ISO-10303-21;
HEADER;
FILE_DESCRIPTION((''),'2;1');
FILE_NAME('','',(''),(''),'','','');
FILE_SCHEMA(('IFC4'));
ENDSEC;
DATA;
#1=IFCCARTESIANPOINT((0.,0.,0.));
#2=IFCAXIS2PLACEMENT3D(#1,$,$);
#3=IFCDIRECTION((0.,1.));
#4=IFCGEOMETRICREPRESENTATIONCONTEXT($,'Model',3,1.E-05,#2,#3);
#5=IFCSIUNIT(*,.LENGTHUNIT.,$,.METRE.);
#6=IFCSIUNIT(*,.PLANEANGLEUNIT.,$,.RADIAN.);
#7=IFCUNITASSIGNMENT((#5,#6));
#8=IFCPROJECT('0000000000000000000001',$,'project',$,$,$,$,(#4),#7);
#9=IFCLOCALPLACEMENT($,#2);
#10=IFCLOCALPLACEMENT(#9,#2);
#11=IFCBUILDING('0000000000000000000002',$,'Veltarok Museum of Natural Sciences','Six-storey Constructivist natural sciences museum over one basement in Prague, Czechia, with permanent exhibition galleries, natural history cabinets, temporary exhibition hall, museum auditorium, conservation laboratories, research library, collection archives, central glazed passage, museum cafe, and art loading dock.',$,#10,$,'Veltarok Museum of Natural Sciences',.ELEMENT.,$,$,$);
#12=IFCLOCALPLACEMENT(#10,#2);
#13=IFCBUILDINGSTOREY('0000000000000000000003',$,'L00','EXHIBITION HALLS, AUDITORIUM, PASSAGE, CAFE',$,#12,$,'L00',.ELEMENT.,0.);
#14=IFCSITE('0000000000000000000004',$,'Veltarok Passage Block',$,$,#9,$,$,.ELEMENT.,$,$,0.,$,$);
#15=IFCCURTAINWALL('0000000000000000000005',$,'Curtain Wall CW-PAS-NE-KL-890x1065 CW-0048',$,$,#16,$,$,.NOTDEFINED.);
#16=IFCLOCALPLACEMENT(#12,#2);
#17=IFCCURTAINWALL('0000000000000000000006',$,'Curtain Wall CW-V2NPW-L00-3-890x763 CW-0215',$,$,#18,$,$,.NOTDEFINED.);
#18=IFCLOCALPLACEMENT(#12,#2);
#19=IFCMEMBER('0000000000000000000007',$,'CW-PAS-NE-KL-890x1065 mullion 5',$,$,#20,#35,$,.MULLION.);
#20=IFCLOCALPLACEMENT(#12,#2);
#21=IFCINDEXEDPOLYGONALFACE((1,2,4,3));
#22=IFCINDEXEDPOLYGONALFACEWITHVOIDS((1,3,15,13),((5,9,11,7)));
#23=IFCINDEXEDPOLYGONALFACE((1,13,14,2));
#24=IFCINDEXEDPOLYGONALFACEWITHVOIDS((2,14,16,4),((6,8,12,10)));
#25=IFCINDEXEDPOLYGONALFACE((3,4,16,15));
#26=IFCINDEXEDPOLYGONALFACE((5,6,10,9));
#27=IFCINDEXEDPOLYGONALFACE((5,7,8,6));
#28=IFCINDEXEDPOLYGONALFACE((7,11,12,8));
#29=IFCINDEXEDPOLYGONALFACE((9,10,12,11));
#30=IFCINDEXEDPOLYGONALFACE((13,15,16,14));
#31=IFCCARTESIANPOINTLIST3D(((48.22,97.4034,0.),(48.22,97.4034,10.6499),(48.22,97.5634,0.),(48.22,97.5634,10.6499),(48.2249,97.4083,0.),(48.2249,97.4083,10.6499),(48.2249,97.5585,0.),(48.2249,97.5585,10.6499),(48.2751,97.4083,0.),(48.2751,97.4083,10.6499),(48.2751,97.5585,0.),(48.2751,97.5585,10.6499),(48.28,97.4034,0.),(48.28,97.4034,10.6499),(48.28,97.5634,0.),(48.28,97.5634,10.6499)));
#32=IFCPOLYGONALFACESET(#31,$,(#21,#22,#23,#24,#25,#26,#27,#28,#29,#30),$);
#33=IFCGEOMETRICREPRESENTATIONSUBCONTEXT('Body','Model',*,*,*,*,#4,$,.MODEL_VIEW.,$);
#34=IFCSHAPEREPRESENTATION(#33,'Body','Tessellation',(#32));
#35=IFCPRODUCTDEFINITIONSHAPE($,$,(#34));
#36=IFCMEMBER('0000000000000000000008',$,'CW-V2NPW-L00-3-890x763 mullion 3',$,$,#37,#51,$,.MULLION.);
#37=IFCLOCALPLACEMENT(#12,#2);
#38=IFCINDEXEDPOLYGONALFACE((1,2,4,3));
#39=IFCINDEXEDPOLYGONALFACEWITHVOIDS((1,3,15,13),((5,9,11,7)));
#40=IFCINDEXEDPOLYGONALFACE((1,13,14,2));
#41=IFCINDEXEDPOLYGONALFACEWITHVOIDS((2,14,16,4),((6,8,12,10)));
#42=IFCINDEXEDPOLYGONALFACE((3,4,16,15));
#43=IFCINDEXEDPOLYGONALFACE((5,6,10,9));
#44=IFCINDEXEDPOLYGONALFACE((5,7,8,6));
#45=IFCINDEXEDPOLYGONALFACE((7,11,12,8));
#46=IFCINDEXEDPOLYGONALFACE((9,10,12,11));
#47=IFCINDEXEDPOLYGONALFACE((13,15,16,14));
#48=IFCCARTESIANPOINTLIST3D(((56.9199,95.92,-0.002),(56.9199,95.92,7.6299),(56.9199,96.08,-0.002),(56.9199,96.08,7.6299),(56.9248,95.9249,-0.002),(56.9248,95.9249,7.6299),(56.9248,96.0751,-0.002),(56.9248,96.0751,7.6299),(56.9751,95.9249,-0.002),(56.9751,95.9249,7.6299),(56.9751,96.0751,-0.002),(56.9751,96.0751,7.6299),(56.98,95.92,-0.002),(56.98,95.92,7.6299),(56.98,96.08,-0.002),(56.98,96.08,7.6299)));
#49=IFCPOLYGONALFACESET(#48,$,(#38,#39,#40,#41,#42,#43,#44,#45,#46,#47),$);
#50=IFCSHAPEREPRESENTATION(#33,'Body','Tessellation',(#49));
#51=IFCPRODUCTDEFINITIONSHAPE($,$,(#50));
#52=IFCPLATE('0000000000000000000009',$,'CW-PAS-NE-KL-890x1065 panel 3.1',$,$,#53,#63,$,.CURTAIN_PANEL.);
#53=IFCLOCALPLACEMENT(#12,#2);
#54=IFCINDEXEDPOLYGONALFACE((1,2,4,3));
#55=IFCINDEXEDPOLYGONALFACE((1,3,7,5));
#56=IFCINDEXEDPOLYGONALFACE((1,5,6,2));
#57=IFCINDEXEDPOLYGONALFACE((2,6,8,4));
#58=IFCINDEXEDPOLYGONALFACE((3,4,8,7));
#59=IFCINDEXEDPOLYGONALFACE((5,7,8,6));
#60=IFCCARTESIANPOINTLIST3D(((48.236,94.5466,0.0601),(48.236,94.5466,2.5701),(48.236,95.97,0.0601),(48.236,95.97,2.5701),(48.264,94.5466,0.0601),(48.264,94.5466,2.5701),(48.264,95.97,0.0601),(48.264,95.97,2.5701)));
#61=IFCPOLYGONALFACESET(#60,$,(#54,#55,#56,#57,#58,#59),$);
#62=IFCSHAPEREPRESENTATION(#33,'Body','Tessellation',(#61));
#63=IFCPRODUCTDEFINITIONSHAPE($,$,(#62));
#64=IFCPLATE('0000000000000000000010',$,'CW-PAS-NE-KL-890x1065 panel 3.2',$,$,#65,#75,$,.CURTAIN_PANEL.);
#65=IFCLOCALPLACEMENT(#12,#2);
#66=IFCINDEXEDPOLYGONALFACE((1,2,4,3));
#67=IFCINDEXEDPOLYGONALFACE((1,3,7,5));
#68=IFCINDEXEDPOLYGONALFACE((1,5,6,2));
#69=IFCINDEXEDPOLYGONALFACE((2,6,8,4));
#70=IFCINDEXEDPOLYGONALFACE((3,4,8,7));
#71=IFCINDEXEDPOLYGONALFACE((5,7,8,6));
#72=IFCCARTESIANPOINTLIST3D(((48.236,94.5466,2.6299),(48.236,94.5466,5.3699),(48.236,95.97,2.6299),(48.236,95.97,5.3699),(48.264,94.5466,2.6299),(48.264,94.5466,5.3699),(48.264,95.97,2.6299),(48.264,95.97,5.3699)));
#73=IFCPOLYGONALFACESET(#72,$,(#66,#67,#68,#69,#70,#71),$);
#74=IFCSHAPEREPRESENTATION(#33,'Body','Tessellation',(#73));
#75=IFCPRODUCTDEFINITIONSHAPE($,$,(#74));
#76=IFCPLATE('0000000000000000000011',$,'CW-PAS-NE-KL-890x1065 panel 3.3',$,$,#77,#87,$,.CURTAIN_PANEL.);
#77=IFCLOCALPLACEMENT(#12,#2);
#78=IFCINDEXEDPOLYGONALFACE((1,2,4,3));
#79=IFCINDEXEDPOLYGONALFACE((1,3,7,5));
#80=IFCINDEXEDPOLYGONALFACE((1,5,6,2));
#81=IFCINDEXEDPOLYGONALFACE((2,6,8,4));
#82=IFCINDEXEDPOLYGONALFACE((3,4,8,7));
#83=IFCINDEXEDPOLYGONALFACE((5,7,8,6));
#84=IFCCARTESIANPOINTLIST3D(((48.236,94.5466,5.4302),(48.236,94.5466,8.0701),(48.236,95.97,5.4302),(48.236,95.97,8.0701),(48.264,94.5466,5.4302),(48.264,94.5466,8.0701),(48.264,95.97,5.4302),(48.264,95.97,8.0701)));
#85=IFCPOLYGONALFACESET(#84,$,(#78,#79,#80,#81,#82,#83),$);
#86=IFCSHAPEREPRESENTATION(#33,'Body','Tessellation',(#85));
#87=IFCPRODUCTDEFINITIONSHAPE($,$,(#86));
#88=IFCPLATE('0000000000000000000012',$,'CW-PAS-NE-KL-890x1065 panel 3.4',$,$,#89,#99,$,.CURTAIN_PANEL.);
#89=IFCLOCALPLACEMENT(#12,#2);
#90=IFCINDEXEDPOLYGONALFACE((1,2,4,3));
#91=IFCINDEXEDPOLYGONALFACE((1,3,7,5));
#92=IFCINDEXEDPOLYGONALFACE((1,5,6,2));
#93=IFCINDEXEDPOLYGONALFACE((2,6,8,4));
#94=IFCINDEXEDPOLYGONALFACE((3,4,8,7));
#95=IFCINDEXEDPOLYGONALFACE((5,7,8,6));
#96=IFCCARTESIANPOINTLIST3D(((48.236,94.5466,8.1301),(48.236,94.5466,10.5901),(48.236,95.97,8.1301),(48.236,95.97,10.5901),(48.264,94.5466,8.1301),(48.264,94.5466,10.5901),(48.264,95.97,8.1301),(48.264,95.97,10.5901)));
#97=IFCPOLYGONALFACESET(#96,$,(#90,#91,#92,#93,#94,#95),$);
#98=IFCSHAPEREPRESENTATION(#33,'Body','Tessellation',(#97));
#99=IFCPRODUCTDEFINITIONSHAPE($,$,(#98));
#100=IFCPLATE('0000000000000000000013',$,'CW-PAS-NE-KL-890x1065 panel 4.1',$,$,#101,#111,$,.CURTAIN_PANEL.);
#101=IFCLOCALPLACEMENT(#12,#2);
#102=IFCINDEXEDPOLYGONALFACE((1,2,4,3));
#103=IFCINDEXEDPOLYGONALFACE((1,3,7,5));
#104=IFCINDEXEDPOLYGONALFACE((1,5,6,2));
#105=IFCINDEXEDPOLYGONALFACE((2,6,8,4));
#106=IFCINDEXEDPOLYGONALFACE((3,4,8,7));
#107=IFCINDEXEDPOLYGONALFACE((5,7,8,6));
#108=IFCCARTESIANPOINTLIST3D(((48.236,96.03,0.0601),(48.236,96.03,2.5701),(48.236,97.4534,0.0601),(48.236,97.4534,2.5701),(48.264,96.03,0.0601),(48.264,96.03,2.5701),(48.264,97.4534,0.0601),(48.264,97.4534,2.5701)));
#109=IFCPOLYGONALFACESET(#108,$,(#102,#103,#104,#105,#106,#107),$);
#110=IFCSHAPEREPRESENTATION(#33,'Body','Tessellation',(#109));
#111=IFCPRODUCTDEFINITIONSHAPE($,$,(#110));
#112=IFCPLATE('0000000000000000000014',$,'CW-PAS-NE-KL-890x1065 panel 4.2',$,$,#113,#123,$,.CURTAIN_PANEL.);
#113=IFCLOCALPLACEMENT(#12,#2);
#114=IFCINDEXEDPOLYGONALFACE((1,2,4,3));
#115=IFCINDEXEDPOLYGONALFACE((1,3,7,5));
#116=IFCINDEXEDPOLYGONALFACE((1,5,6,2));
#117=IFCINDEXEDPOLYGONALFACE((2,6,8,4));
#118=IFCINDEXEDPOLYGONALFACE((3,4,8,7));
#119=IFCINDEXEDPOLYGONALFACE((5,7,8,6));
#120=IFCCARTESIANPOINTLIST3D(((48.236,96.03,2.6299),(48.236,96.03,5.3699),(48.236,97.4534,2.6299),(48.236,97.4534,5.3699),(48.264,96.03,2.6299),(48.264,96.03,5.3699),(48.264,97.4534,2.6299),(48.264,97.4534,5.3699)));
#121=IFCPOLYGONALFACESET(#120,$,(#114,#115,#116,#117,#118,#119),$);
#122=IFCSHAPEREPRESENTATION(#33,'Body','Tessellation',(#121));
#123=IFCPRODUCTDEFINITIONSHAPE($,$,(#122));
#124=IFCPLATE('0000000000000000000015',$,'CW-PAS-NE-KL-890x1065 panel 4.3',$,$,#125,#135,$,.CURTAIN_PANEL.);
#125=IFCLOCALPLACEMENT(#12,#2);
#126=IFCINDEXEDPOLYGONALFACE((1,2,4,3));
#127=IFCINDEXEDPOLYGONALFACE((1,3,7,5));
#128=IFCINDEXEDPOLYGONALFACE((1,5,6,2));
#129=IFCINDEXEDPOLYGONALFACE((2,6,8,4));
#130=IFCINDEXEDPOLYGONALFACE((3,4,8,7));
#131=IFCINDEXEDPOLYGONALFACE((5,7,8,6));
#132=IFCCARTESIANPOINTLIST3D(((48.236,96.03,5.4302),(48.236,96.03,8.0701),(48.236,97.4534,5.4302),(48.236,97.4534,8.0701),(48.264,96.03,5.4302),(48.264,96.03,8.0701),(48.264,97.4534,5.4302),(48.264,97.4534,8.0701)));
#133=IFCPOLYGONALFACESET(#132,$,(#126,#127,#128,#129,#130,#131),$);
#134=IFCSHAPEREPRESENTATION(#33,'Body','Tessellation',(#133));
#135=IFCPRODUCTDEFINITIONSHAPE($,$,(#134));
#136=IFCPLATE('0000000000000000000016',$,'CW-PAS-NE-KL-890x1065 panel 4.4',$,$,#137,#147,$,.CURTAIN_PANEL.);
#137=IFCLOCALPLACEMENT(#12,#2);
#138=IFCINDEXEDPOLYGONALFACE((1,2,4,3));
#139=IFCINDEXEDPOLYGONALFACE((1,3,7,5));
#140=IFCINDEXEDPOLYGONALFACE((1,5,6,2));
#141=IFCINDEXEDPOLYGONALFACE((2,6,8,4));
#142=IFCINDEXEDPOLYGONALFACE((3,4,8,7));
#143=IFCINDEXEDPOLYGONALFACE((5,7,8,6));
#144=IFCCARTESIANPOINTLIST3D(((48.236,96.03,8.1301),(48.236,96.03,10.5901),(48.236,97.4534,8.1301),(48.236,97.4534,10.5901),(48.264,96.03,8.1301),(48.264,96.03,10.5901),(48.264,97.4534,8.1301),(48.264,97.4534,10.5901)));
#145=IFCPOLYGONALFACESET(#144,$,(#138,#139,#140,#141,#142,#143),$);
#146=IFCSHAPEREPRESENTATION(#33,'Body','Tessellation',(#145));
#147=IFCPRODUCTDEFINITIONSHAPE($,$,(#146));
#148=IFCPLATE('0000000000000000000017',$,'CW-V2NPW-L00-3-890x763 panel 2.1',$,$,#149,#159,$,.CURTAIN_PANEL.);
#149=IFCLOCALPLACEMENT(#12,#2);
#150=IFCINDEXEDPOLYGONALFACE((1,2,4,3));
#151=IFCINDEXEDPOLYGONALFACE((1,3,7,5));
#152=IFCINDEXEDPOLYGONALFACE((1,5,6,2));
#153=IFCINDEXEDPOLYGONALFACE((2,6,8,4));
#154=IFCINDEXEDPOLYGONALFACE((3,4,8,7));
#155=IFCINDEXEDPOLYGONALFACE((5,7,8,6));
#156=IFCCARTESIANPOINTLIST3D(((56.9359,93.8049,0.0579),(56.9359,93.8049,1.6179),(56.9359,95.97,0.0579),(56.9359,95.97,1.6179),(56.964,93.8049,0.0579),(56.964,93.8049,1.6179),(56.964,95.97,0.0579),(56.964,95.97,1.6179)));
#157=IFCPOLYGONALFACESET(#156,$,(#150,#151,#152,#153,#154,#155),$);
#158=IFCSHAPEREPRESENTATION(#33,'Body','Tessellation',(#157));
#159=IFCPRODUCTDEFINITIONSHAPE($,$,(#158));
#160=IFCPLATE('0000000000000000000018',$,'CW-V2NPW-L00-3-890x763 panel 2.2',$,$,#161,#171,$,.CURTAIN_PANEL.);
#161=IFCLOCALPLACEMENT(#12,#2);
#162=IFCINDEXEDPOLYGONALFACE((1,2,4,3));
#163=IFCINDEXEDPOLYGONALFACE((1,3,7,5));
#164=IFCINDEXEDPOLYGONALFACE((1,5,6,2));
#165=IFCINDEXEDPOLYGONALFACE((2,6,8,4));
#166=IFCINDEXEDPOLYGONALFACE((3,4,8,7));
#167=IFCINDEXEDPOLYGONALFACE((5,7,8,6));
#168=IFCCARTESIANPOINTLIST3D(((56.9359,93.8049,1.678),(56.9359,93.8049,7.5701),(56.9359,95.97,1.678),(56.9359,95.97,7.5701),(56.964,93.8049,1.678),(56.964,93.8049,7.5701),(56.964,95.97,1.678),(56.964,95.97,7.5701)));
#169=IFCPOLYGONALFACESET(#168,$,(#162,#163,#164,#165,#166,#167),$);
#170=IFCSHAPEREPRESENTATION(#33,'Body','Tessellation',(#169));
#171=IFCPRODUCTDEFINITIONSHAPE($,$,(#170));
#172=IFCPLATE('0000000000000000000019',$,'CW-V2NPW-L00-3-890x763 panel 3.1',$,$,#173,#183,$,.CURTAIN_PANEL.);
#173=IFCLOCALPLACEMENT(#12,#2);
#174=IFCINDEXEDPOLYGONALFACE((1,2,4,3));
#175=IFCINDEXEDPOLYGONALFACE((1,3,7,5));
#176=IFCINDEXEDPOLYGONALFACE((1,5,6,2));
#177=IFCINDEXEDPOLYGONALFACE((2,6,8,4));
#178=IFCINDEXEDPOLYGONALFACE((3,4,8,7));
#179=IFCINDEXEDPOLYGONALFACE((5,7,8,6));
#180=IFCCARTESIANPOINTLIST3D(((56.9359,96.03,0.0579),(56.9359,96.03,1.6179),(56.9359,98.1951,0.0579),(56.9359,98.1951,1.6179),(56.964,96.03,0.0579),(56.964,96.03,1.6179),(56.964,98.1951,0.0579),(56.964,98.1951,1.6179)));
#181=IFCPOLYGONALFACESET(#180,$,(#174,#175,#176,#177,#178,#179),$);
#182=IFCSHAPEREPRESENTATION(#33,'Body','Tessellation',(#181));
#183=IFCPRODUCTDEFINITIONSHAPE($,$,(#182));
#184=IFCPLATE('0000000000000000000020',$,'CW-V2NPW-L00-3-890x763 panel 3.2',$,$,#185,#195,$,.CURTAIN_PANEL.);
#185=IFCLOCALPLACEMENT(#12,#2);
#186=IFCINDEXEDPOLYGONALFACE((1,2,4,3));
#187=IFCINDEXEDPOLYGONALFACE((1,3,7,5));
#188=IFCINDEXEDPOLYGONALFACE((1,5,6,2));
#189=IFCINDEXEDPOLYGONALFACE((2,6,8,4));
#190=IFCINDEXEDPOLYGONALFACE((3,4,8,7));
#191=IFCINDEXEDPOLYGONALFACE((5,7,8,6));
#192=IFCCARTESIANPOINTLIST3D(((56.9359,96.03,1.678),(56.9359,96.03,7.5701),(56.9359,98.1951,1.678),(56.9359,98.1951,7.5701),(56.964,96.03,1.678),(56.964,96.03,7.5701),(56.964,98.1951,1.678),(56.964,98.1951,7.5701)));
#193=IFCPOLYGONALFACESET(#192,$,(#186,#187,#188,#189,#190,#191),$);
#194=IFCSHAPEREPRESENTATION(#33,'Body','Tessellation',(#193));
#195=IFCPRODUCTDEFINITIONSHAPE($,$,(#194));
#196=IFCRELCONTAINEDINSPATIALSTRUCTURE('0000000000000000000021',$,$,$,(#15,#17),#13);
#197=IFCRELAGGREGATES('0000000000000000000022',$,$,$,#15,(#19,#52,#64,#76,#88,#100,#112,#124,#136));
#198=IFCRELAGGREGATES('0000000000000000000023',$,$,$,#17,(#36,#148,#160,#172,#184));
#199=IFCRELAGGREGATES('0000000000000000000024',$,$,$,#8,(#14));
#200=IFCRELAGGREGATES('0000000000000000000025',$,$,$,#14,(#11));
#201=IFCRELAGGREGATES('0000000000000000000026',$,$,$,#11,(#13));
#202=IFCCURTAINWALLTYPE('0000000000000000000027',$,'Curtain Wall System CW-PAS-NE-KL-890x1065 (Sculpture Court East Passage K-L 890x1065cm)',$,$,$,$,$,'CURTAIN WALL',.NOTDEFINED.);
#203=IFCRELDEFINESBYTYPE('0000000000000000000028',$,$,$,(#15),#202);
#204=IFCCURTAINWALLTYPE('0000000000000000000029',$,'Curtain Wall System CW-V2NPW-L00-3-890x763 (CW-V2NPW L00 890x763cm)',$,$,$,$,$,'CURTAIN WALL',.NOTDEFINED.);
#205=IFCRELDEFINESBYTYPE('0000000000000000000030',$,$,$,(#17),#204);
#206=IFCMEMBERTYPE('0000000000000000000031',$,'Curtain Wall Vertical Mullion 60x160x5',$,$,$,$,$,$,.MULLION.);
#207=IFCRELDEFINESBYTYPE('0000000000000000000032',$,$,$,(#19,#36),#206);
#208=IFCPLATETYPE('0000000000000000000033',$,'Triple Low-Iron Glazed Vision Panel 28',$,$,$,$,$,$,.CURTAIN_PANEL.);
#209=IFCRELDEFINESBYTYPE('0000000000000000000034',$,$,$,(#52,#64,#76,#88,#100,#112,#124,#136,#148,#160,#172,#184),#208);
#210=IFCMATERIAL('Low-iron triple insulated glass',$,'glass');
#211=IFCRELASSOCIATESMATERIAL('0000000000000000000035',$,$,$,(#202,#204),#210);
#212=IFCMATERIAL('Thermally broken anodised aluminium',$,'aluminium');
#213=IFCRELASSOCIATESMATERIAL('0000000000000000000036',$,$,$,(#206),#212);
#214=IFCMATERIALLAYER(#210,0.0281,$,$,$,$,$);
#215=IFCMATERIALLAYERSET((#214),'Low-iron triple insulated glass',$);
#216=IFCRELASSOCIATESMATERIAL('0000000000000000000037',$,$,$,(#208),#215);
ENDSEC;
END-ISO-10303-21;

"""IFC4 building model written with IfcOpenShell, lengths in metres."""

from ifc_helpers import new_model, si_unit, direction, frame, origin, origin_2d, place, context, subcontext, project, spatial, rectangle, hollow_rectangle, extrude, material, layer, layer_set, material_profile, profile_set, type_object, element, aggregate, save


model = new_model("IFC4")

# Units and contexts
model_context = context("Model", 3, precision=1e-05, world=origin(), true_north=direction((0.0, 1.0)))
body_context = subcontext(model_context, "Body", "Model", "MODEL_VIEW")
ifc_project = project(units=[si_unit("LENGTHUNIT", "METRE"), si_unit("PLANEANGLEUNIT", "RADIAN")], contexts=[model_context])

# Site, building, storey
site_placement = place(None, origin())
site = spatial("IfcSite", under=ifc_project, at=site_placement, Name="Veltarok Passage Block", CompositionType="ELEMENT", RefElevation=0.0)
building_placement = place(site_placement, origin())
building = spatial("IfcBuilding", under=site, at=building_placement, Name="Veltarok Museum of Natural Sciences", Description="Six-storey Constructivist natural sciences museum over one basement in Prague, Czechia, with permanent exhibition galleries, natural history cabinets, temporary exhibition hall, museum auditorium, conservation laboratories, research library, collection archives, central glazed passage, museum cafe, and art loading dock.", LongName="Veltarok Museum of Natural Sciences", CompositionType="ELEMENT")
storey_placement = place(building_placement, origin())
storey = spatial("IfcBuildingStorey", under=building, at=storey_placement, Name="L00", Description="EXHIBITION HALLS, AUDITORIUM, PASSAGE, CAFE", LongName="L00", CompositionType="ELEMENT", Elevation=0.0)

# Curtain walls
ifc_material_1 = material(Name="Low-iron triple insulated glass", Category="glass")
curtain_wall_type_1 = type_object("IfcCurtainWallType", Name="Curtain Wall System CW-PAS-NE-KL-890x1065 (Sculpture Court East Passage K-L 890x1065cm)", ElementType="CURTAIN WALL", PredefinedType="NOTDEFINED", material=ifc_material_1)
curtain_wall_1_placement = place(storey_placement, origin())
curtain_wall_1 = element("IfcCurtainWall", 1, at=curtain_wall_1_placement, inside=storey, type_object=curtain_wall_type_1, Name="Curtain Wall CW-PAS-NE-KL-890x1065 CW-0048", PredefinedType="NOTDEFINED")
ifc_material_2 = material(Name="Thermally broken anodised aluminium", Category="aluminium")
curtain_wall_type_2 = type_object("IfcCurtainWallType", Name="Curtain Wall System CW-V2NPW-L00-3-890x763 (CW-V2NPW L00 890x763cm)", ElementType="CURTAIN WALL", PredefinedType="NOTDEFINED", material=ifc_material_1)
curtain_wall_2_placement = place(storey_placement, origin())
curtain_wall_2 = element("IfcCurtainWall", 2, at=curtain_wall_2_placement, inside=storey, type_object=curtain_wall_type_2, Name="Curtain Wall CW-V2NPW-L00-3-890x763 CW-0215", PredefinedType="NOTDEFINED")

# Members
ifc_material_profile_1 = material_profile(ifc_material_2, hollow_rectangle(XDim=0.0601, YDim=0.1599, WallThickness=0.0049, at=origin_2d()), Name="CW MULLION 60x160x5")
ifc_profile_set_1 = profile_set([ifc_material_profile_1], Name="Thermally broken anodised aluminium")
member_type_1 = type_object("IfcMemberType", Name="Curtain Wall Vertical Mullion 60x160x5", PredefinedType="MULLION", material=ifc_profile_set_1)
member_1_placement = place(storey_placement, frame((48.25, 97.4834, 0.0), z_axis=(0.0, 0.0, 1.0), x_axis=(-1.0, 0.0, 0.0)))
member_1 = element("IfcMember", 3, at=member_1_placement, type_object=member_type_1, Name="CW-PAS-NE-KL-890x1065 mullion 5", PredefinedType="MULLION", context=body_context, shape_type="SweptSolid", body=[
    extrude(hollow_rectangle(XDim=0.0601, YDim=0.1599, WallThickness=0.0049, at=origin_2d()), origin(), (0.0, 0.0, 1.0), 10.6499),
])
member_2_placement = place(storey_placement, frame((56.95, 96.0, -0.002), z_axis=(0.0, 0.0, 1.0), x_axis=(-1.0, 0.0, 0.0)))
member_2 = element("IfcMember", 4, at=member_2_placement, type_object=member_type_1, Name="CW-V2NPW-L00-3-890x763 mullion 3", PredefinedType="MULLION", context=body_context, shape_type="SweptSolid", body=[
    extrude(hollow_rectangle(XDim=0.0601, YDim=0.1599, WallThickness=0.0049, at=origin_2d()), origin(), (0.0, 0.0, 1.0), 7.6318),
])

# Plates
ifc_layer = layer(ifc_material_1, 0.0281)
ifc_layer_set = layer_set([ifc_layer], Name="Low-iron triple insulated glass")
plate_type = type_object("IfcPlateType", Name="Triple Low-Iron Glazed Vision Panel 28", PredefinedType="CURTAIN_PANEL", material=ifc_layer_set)
plate_1_placement = place(storey_placement, frame((48.25, 95.2583, 0.0601), z_axis=(0.0, 0.0, 1.0), x_axis=(0.0, 1.0, 0.0)))
plate_1 = element("IfcPlate", 5, at=plate_1_placement, type_object=plate_type, Name="CW-PAS-NE-KL-890x1065 panel 3.1", PredefinedType="CURTAIN_PANEL", context=body_context, shape_type="SweptSolid", body=[
    extrude(rectangle(XDim=1.4233, YDim=0.0281, at=origin_2d()), origin(), (0.0, 0.0, 1.0), 2.51),
])
plate_2_placement = place(storey_placement, frame((48.25, 95.2583, 2.6299), z_axis=(0.0, 0.0, 1.0), x_axis=(0.0, 1.0, 0.0)))
plate_2 = element("IfcPlate", 6, at=plate_2_placement, type_object=plate_type, Name="CW-PAS-NE-KL-890x1065 panel 3.2", PredefinedType="CURTAIN_PANEL", context=body_context, shape_type="SweptSolid", body=[
    extrude(rectangle(XDim=1.4233, YDim=0.0281, at=origin_2d()), origin(), (0.0, 0.0, 1.0), 2.74),
])
plate_3_placement = place(storey_placement, frame((48.25, 95.2583, 5.4302), z_axis=(0.0, 0.0, 1.0), x_axis=(0.0, 1.0, 0.0)))
plate_3 = element("IfcPlate", 7, at=plate_3_placement, type_object=plate_type, Name="CW-PAS-NE-KL-890x1065 panel 3.3", PredefinedType="CURTAIN_PANEL", context=body_context, shape_type="SweptSolid", body=[
    extrude(rectangle(XDim=1.4233, YDim=0.0281, at=origin_2d()), origin(), (0.0, 0.0, 1.0), 2.6399),
])
plate_4_placement = place(storey_placement, frame((48.25, 95.2583, 8.1301), z_axis=(0.0, 0.0, 1.0), x_axis=(0.0, 1.0, 0.0)))
plate_4 = element("IfcPlate", 8, at=plate_4_placement, type_object=plate_type, Name="CW-PAS-NE-KL-890x1065 panel 3.4", PredefinedType="CURTAIN_PANEL", context=body_context, shape_type="SweptSolid", body=[
    extrude(rectangle(XDim=1.4233, YDim=0.0281, at=origin_2d()), origin(), (0.0, 0.0, 1.0), 2.46),
])
plate_5_placement = place(storey_placement, frame((48.25, 96.7417, 0.0601), z_axis=(0.0, 0.0, 1.0), x_axis=(0.0, 1.0, 0.0)))
plate_5 = element("IfcPlate", 9, at=plate_5_placement, type_object=plate_type, Name="CW-PAS-NE-KL-890x1065 panel 4.1", PredefinedType="CURTAIN_PANEL", context=body_context, shape_type="SweptSolid", body=[
    extrude(rectangle(XDim=1.4233, YDim=0.0281, at=origin_2d()), origin(), (0.0, 0.0, 1.0), 2.51),
])
plate_6_placement = place(storey_placement, frame((48.25, 96.7417, 2.6299), z_axis=(0.0, 0.0, 1.0), x_axis=(0.0, 1.0, 0.0)))
plate_6 = element("IfcPlate", 10, at=plate_6_placement, type_object=plate_type, Name="CW-PAS-NE-KL-890x1065 panel 4.2", PredefinedType="CURTAIN_PANEL", context=body_context, shape_type="SweptSolid", body=[
    extrude(rectangle(XDim=1.4233, YDim=0.0281, at=origin_2d()), origin(), (0.0, 0.0, 1.0), 2.74),
])
plate_7_placement = place(storey_placement, frame((48.25, 96.7417, 5.4302), z_axis=(0.0, 0.0, 1.0), x_axis=(0.0, 1.0, 0.0)))
plate_7 = element("IfcPlate", 11, at=plate_7_placement, type_object=plate_type, Name="CW-PAS-NE-KL-890x1065 panel 4.3", PredefinedType="CURTAIN_PANEL", context=body_context, shape_type="SweptSolid", body=[
    extrude(rectangle(XDim=1.4233, YDim=0.0281, at=origin_2d()), origin(), (0.0, 0.0, 1.0), 2.6399),
])
plate_8_placement = place(storey_placement, frame((48.25, 96.7417, 8.1301), z_axis=(0.0, 0.0, 1.0), x_axis=(0.0, 1.0, 0.0)))
plate_8 = element("IfcPlate", 12, at=plate_8_placement, type_object=plate_type, Name="CW-PAS-NE-KL-890x1065 panel 4.4", PredefinedType="CURTAIN_PANEL", context=body_context, shape_type="SweptSolid", body=[
    extrude(rectangle(XDim=1.4233, YDim=0.0281, at=origin_2d()), origin(), (0.0, 0.0, 1.0), 2.46),
])
aggregate(curtain_wall_1, [member_1, plate_1, plate_2, plate_3, plate_4, plate_5, plate_6, plate_7, plate_8])
plate_9_placement = place(storey_placement, frame((56.95, 94.8875, 0.0579), z_axis=(0.0, 0.0, 1.0), x_axis=(0.0, 1.0, 0.0)))
plate_9 = element("IfcPlate", 13, at=plate_9_placement, type_object=plate_type, Name="CW-V2NPW-L00-3-890x763 panel 2.1", PredefinedType="CURTAIN_PANEL", context=body_context, shape_type="SweptSolid", body=[
    extrude(rectangle(XDim=2.165, YDim=0.0281, at=origin_2d()), origin(), (0.0, 0.0, 1.0), 1.5601),
])
plate_10_placement = place(storey_placement, frame((56.95, 94.8875, 1.678), z_axis=(0.0, 0.0, 1.0), x_axis=(0.0, 1.0, 0.0)))
plate_10 = element("IfcPlate", 14, at=plate_10_placement, type_object=plate_type, Name="CW-V2NPW-L00-3-890x763 panel 2.2", PredefinedType="CURTAIN_PANEL", context=body_context, shape_type="SweptSolid", body=[
    extrude(rectangle(XDim=2.165, YDim=0.0281, at=origin_2d()), origin(), (0.0, 0.0, 1.0), 5.8921),
])
plate_11_placement = place(storey_placement, frame((56.95, 97.1125, 0.0579), z_axis=(0.0, 0.0, 1.0), x_axis=(0.0, 1.0, 0.0)))
plate_11 = element("IfcPlate", 15, at=plate_11_placement, type_object=plate_type, Name="CW-V2NPW-L00-3-890x763 panel 3.1", PredefinedType="CURTAIN_PANEL", context=body_context, shape_type="SweptSolid", body=[
    extrude(rectangle(XDim=2.165, YDim=0.0281, at=origin_2d()), origin(), (0.0, 0.0, 1.0), 1.5601),
])
plate_12_placement = place(storey_placement, frame((56.95, 97.1125, 1.678), z_axis=(0.0, 0.0, 1.0), x_axis=(0.0, 1.0, 0.0)))
plate_12 = element("IfcPlate", 16, at=plate_12_placement, type_object=plate_type, Name="CW-V2NPW-L00-3-890x763 panel 3.2", PredefinedType="CURTAIN_PANEL", context=body_context, shape_type="SweptSolid", body=[
    extrude(rectangle(XDim=2.165, YDim=0.0281, at=origin_2d()), origin(), (0.0, 0.0, 1.0), 5.8921),
])
aggregate(curtain_wall_2, [member_2, plate_9, plate_10, plate_11, plate_12])

save(model, "model.ifc")
